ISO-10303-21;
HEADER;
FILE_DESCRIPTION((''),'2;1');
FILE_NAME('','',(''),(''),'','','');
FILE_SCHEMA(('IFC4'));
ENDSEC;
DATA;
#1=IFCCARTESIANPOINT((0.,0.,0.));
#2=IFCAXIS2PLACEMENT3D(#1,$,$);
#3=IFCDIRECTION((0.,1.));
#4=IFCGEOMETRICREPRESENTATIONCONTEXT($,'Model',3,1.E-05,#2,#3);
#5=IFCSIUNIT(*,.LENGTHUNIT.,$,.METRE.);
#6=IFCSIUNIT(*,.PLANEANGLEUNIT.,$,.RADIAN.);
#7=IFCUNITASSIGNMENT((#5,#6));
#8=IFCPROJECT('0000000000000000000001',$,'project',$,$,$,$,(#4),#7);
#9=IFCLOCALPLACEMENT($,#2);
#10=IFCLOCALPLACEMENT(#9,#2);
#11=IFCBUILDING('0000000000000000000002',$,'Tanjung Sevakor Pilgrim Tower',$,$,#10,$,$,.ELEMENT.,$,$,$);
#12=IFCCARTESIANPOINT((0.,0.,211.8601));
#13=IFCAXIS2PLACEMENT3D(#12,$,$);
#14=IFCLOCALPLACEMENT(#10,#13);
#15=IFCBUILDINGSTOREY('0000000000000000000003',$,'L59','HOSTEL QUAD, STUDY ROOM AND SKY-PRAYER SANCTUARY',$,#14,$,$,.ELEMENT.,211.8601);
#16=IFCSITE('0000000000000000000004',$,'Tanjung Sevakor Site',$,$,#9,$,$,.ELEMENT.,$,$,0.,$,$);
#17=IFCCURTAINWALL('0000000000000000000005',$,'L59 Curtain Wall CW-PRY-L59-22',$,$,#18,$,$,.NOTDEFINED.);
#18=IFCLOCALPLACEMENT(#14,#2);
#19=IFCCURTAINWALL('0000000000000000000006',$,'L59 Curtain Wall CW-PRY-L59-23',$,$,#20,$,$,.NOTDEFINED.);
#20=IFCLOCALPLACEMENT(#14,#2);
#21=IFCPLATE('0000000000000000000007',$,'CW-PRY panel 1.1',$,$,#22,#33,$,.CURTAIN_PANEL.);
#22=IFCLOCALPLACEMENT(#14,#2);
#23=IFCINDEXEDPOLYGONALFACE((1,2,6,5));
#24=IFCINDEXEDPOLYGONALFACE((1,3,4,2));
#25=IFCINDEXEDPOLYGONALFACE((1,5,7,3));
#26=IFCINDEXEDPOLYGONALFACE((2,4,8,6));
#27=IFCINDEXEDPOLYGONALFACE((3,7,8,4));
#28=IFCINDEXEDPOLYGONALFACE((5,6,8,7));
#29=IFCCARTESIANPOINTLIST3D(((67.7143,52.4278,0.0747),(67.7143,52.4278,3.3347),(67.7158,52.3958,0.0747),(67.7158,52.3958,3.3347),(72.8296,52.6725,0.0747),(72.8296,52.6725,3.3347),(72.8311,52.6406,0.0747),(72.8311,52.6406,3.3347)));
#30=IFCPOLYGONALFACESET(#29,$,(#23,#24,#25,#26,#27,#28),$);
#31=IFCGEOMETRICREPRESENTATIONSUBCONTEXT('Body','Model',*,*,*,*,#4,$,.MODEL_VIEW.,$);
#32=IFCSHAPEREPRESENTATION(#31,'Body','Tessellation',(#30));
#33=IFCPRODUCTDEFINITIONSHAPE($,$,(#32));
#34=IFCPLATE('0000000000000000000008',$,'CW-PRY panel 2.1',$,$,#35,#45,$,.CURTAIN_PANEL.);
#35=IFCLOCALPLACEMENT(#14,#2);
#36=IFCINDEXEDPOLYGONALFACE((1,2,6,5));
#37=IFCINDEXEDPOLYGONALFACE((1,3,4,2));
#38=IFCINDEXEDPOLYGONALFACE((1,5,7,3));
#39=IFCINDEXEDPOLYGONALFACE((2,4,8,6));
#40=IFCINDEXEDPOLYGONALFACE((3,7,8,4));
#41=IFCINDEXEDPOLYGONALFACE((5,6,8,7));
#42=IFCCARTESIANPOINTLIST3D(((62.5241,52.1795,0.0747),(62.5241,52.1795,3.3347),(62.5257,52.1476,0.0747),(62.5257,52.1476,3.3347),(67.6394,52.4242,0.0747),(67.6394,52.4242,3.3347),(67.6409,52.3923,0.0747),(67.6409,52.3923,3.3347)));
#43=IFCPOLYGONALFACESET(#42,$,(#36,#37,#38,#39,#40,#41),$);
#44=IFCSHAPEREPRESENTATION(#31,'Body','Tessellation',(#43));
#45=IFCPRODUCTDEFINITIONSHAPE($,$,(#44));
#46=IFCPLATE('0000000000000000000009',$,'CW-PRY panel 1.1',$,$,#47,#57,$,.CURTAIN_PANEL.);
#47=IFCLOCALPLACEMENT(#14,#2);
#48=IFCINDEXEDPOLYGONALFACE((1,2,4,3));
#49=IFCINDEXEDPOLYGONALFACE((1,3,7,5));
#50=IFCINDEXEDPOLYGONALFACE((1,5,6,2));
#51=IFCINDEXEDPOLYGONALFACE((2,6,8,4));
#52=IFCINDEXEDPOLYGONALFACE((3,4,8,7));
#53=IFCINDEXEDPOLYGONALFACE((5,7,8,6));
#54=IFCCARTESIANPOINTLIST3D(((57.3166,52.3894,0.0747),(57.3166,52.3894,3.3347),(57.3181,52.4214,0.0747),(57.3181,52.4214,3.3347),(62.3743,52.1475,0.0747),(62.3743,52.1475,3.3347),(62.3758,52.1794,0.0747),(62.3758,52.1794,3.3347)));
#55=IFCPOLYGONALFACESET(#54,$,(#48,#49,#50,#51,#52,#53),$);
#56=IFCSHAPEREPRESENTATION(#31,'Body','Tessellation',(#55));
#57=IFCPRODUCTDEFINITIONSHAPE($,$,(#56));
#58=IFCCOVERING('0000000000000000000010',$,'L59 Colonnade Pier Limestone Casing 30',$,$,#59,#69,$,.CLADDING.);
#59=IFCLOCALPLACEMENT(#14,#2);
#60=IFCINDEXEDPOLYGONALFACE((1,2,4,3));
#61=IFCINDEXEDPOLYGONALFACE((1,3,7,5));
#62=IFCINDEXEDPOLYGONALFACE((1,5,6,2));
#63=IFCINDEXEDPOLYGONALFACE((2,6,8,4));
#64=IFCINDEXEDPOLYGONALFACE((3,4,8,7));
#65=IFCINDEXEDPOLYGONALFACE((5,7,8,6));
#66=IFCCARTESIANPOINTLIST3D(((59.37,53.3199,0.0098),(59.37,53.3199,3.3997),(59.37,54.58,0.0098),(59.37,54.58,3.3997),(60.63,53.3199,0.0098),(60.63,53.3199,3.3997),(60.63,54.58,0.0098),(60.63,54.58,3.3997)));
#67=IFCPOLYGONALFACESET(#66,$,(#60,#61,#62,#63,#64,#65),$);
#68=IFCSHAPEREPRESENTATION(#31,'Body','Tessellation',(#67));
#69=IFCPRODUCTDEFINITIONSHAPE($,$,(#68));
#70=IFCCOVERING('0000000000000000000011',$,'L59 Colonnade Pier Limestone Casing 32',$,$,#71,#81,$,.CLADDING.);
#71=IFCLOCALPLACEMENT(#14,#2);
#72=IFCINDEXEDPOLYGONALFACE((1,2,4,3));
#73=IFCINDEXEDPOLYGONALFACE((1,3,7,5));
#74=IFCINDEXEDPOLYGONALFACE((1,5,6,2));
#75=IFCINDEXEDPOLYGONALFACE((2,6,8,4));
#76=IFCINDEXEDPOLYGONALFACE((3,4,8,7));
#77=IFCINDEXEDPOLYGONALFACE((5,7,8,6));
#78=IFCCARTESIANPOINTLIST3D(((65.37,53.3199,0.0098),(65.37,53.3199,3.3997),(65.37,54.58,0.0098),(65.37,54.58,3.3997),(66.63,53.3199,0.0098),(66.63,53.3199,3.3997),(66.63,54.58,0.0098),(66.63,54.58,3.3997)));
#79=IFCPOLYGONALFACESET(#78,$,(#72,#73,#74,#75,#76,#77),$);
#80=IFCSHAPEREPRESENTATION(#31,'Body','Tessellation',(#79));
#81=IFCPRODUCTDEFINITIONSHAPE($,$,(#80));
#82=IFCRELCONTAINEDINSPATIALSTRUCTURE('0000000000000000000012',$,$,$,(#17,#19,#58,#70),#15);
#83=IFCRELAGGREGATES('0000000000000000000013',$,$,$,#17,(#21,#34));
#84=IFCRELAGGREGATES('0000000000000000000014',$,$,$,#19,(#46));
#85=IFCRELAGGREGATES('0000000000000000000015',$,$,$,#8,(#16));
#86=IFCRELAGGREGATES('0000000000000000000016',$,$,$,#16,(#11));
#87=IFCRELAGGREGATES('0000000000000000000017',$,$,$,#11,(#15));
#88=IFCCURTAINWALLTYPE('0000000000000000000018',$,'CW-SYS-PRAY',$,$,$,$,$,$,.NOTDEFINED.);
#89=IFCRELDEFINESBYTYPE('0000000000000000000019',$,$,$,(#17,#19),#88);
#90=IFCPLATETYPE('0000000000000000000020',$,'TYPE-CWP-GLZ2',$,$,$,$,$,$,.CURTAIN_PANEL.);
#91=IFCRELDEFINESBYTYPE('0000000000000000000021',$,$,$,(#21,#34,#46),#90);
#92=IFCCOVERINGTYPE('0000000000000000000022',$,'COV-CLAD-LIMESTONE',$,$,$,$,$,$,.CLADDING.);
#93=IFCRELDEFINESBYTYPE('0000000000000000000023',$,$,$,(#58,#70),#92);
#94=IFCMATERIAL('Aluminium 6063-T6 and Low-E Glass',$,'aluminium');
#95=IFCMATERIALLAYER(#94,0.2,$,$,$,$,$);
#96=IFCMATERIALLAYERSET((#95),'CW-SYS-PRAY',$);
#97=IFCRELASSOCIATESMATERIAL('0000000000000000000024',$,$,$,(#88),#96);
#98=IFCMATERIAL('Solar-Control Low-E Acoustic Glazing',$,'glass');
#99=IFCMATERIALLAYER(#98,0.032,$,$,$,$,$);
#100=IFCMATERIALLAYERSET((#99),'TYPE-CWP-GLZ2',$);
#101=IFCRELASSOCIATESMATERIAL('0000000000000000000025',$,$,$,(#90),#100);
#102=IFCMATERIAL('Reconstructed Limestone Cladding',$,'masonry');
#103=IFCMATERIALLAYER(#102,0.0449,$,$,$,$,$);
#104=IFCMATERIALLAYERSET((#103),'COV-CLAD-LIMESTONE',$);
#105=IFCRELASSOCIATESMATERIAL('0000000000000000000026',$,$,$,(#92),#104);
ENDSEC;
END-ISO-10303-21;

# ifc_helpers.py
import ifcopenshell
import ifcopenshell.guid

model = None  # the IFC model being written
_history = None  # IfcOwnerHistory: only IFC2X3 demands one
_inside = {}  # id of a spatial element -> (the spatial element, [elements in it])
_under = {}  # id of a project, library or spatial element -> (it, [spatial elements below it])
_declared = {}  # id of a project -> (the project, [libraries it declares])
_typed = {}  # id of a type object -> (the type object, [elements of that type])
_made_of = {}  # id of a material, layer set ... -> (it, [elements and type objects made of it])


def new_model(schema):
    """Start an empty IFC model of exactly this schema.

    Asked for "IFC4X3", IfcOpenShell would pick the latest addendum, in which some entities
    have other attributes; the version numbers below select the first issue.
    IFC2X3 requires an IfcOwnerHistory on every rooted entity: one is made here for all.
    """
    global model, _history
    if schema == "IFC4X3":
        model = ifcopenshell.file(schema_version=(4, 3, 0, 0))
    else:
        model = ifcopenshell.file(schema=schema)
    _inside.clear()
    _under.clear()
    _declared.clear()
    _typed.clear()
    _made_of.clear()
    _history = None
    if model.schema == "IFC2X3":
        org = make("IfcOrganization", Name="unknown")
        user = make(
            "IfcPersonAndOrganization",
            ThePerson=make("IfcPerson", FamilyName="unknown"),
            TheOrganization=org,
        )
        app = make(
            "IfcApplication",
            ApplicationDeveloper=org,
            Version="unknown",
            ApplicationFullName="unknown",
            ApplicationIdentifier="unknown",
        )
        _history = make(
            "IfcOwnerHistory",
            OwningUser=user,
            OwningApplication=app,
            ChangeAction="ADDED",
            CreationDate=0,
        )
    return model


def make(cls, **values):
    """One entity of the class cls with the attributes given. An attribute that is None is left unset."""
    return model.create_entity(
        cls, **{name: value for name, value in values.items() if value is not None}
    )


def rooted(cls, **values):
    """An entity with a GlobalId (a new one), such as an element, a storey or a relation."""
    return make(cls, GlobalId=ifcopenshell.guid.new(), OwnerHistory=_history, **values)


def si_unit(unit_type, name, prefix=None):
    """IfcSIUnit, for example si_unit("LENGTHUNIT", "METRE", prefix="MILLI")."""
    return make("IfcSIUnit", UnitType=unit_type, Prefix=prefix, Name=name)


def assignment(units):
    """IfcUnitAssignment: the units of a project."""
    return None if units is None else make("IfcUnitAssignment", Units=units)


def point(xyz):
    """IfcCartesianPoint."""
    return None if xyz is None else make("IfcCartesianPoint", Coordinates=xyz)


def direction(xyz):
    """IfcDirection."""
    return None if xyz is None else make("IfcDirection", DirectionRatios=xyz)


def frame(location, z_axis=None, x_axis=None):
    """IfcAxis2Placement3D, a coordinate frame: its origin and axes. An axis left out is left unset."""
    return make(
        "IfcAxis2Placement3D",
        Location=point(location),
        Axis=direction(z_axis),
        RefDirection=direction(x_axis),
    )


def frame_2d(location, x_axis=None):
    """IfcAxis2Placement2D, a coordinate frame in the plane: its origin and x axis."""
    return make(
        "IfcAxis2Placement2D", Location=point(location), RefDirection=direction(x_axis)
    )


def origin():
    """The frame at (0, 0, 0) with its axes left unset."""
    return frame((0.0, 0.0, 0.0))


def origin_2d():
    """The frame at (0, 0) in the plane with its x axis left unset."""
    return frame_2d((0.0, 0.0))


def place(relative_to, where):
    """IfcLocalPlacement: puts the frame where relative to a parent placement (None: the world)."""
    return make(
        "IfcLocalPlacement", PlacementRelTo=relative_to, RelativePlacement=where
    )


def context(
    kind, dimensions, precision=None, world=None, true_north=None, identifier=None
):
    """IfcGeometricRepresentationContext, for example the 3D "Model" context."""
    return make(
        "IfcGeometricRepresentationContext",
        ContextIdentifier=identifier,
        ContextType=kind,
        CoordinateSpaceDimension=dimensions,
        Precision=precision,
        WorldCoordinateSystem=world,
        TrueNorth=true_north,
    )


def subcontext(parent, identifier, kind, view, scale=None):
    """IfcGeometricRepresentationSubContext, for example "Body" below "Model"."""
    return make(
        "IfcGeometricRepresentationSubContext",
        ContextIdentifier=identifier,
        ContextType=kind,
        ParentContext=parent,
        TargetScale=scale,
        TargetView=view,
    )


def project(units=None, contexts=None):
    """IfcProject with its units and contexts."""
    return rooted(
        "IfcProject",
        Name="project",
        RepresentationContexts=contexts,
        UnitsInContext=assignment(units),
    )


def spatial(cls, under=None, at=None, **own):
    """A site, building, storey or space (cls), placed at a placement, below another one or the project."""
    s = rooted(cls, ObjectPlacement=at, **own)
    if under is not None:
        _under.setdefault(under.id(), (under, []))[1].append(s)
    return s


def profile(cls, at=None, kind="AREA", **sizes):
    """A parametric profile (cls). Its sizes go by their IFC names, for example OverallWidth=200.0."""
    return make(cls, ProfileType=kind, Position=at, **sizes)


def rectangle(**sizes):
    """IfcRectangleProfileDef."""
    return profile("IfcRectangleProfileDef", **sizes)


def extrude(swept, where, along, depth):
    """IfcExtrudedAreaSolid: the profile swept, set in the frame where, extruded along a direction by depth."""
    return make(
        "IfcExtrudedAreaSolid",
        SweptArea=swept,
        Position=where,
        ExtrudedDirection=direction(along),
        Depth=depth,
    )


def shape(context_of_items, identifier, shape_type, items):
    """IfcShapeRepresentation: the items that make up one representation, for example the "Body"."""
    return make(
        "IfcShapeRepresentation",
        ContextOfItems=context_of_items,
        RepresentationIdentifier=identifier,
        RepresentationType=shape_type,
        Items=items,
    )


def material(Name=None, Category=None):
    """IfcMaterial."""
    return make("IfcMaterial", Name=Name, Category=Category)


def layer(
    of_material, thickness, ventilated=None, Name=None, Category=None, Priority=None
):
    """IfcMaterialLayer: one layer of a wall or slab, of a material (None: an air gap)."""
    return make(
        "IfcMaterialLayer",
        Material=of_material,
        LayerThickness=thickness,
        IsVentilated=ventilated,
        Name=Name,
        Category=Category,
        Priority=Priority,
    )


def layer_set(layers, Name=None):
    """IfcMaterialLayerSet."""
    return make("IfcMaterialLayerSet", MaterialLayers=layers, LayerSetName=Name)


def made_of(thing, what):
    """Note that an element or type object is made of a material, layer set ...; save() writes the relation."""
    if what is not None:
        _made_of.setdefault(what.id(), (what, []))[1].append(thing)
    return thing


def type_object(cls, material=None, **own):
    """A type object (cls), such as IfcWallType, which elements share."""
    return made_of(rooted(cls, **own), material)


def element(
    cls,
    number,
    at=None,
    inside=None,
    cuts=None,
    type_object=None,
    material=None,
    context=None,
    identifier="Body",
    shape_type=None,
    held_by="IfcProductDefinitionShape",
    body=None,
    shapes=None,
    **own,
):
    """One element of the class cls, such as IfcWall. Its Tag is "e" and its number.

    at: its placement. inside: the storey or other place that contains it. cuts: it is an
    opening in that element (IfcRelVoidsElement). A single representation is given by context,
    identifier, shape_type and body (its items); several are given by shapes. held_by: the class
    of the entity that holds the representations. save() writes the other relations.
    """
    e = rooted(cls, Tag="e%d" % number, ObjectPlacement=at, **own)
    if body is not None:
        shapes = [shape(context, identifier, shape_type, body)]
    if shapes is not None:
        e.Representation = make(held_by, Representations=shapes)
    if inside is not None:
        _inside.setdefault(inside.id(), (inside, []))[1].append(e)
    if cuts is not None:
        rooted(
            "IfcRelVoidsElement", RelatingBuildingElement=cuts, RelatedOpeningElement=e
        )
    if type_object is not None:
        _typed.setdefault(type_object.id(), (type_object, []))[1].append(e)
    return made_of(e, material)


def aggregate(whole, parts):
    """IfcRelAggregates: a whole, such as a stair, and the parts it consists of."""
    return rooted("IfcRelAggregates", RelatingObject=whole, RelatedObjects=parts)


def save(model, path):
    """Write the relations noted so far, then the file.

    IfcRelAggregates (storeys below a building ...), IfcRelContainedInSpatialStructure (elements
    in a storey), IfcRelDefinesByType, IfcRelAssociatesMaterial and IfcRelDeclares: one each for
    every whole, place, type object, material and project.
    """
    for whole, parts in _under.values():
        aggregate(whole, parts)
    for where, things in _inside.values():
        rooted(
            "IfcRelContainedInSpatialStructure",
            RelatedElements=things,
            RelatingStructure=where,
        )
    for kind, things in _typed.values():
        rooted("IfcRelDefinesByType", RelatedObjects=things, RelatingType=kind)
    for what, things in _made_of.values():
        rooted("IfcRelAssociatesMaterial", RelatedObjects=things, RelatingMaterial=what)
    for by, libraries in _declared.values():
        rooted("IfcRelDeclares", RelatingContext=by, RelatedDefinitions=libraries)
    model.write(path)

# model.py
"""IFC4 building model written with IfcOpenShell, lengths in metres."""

from ifc_helpers import new_model, si_unit, direction, frame, origin, origin_2d, place, context, subcontext, project, spatial, rectangle, extrude, material, layer, layer_set, type_object, element, aggregate, save


model = new_model("IFC4")

# Units and contexts
model_context = context("Model", 3, precision=1e-05, world=origin(), true_north=direction((0.0, 1.0)))
body_context = subcontext(model_context, "Body", "Model", "MODEL_VIEW")
ifc_project = project(units=[si_unit("LENGTHUNIT", "METRE"), si_unit("PLANEANGLEUNIT", "RADIAN")], contexts=[model_context])

# Site, building, storey
site_placement = place(None, origin())
site = spatial("IfcSite", under=ifc_project, at=site_placement, Name="Tanjung Sevakor Site", CompositionType="ELEMENT", RefElevation=0.0)
building_placement = place(site_placement, origin())
building = spatial("IfcBuilding", under=site, at=building_placement, Name="Tanjung Sevakor Pilgrim Tower", CompositionType="ELEMENT")
storey_placement = place(building_placement, frame((0.0, 0.0, 211.8601)))
storey = spatial("IfcBuildingStorey", under=building, at=storey_placement, Name="L59", Description="HOSTEL QUAD, STUDY ROOM AND SKY-PRAYER SANCTUARY", CompositionType="ELEMENT", Elevation=211.8601)

# Curtain wall
ifc_material_1 = material(Name="Aluminium 6063-T6 and Low-E Glass", Category="aluminium")
ifc_layer_1 = layer(ifc_material_1, 0.2)
ifc_layer_set_1 = layer_set([ifc_layer_1], Name="CW-SYS-PRAY")
curtain_wall_type = type_object("IfcCurtainWallType", Name="CW-SYS-PRAY", PredefinedType="NOTDEFINED", material=ifc_layer_set_1)
curtain_wall_1_placement = place(storey_placement, origin())
curtain_wall_1 = element("IfcCurtainWall", 1, at=curtain_wall_1_placement, inside=storey, type_object=curtain_wall_type, Name="L59 Curtain Wall CW-PRY-L59-22", PredefinedType="NOTDEFINED")

# Curtain wall
curtain_wall_2_placement = place(storey_placement, origin())
curtain_wall_2 = element("IfcCurtainWall", 2, at=curtain_wall_2_placement, inside=storey, type_object=curtain_wall_type, Name="L59 Curtain Wall CW-PRY-L59-23", PredefinedType="NOTDEFINED")

# Plates
ifc_material_2 = material(Name="Solar-Control Low-E Acoustic Glazing", Category="glass")
ifc_layer_2 = layer(ifc_material_2, 0.032)
ifc_layer_set_2 = layer_set([ifc_layer_2], Name="TYPE-CWP-GLZ2")
plate_type = type_object("IfcPlateType", Name="TYPE-CWP-GLZ2", PredefinedType="CURTAIN_PANEL", material=ifc_layer_set_2)
plate_1_placement = place(storey_placement, frame((70.2727, 52.5342, 0.0747), z_axis=(0.0, 0.0, 1.0), x_axis=(-0.998858, -0.047787, 0.0)))
plate_1 = element("IfcPlate", 3, at=plate_1_placement, type_object=plate_type, Name="CW-PRY panel 1.1", PredefinedType="CURTAIN_PANEL", context=body_context, shape_type="SweptSolid", body=[
    extrude(rectangle(XDim=5.1211, YDim=0.032, at=origin_2d()), origin(), (0.0, 0.0, 1.0), 3.26),
])
plate_2_placement = place(storey_placement, frame((65.0825, 52.2859, 0.0747), z_axis=(0.0, 0.0, 1.0), x_axis=(-0.998858, -0.047787, 0.0)))
plate_2 = element("IfcPlate", 4, at=plate_2_placement, type_object=plate_type, Name="CW-PRY panel 2.1", PredefinedType="CURTAIN_PANEL", context=body_context, shape_type="SweptSolid", body=[
    extrude(rectangle(XDim=5.1211, YDim=0.032, at=origin_2d()), origin(), (0.0, 0.0, 1.0), 3.26),
])
aggregate(curtain_wall_1, [plate_1, plate_2])
plate_3_placement = place(storey_placement, frame((59.8462, 52.2844, 0.0747), z_axis=(0.0, 0.0, 1.0), x_axis=(-0.998857, 0.047789, 0.0)))
plate_3 = element("IfcPlate", 5, at=plate_3_placement, type_object=plate_type, Name="CW-PRY panel 1.1", PredefinedType="CURTAIN_PANEL", context=body_context, shape_type="SweptSolid", body=[
    extrude(rectangle(XDim=5.0635, YDim=0.032, at=origin_2d()), origin(), (0.0, 0.0, 1.0), 3.26),
])
aggregate(curtain_wall_2, [plate_3])

# Coverings
ifc_material_3 = material(Name="Reconstructed Limestone Cladding", Category="masonry")
ifc_layer_3 = layer(ifc_material_3, 0.0449)
ifc_layer_set_3 = layer_set([ifc_layer_3], Name="COV-CLAD-LIMESTONE")
covering_type = type_object("IfcCoveringType", Name="COV-CLAD-LIMESTONE", PredefinedType="CLADDING", material=ifc_layer_set_3)
for number, where, z_axis, x_axis, name in (
    (6, (60.0, 53.95, 0.0098), (0.0, 0.0, 1.0), (1.0, 0.0, 0.0), "L59 Colonnade Pier Limestone Casing 30"),
    (7, (66.0, 53.95, 0.0098), (0.0, 0.0, 1.0), (1.0, 0.0, 0.0), "L59 Colonnade Pier Limestone Casing 32"),
):
    element("IfcCovering", number, at=place(storey_placement, frame(where, z_axis=z_axis, x_axis=x_axis)), inside=storey, type_object=covering_type, Name=name, PredefinedType="CLADDING", context=body_context, shape_type="SweptSolid", body=[
        extrude(rectangle(XDim=1.26, YDim=1.26, at=origin_2d()), origin(), (0.0, 0.0, 1.0), 3.3899),
    ])

save(model, "model.ifc")
